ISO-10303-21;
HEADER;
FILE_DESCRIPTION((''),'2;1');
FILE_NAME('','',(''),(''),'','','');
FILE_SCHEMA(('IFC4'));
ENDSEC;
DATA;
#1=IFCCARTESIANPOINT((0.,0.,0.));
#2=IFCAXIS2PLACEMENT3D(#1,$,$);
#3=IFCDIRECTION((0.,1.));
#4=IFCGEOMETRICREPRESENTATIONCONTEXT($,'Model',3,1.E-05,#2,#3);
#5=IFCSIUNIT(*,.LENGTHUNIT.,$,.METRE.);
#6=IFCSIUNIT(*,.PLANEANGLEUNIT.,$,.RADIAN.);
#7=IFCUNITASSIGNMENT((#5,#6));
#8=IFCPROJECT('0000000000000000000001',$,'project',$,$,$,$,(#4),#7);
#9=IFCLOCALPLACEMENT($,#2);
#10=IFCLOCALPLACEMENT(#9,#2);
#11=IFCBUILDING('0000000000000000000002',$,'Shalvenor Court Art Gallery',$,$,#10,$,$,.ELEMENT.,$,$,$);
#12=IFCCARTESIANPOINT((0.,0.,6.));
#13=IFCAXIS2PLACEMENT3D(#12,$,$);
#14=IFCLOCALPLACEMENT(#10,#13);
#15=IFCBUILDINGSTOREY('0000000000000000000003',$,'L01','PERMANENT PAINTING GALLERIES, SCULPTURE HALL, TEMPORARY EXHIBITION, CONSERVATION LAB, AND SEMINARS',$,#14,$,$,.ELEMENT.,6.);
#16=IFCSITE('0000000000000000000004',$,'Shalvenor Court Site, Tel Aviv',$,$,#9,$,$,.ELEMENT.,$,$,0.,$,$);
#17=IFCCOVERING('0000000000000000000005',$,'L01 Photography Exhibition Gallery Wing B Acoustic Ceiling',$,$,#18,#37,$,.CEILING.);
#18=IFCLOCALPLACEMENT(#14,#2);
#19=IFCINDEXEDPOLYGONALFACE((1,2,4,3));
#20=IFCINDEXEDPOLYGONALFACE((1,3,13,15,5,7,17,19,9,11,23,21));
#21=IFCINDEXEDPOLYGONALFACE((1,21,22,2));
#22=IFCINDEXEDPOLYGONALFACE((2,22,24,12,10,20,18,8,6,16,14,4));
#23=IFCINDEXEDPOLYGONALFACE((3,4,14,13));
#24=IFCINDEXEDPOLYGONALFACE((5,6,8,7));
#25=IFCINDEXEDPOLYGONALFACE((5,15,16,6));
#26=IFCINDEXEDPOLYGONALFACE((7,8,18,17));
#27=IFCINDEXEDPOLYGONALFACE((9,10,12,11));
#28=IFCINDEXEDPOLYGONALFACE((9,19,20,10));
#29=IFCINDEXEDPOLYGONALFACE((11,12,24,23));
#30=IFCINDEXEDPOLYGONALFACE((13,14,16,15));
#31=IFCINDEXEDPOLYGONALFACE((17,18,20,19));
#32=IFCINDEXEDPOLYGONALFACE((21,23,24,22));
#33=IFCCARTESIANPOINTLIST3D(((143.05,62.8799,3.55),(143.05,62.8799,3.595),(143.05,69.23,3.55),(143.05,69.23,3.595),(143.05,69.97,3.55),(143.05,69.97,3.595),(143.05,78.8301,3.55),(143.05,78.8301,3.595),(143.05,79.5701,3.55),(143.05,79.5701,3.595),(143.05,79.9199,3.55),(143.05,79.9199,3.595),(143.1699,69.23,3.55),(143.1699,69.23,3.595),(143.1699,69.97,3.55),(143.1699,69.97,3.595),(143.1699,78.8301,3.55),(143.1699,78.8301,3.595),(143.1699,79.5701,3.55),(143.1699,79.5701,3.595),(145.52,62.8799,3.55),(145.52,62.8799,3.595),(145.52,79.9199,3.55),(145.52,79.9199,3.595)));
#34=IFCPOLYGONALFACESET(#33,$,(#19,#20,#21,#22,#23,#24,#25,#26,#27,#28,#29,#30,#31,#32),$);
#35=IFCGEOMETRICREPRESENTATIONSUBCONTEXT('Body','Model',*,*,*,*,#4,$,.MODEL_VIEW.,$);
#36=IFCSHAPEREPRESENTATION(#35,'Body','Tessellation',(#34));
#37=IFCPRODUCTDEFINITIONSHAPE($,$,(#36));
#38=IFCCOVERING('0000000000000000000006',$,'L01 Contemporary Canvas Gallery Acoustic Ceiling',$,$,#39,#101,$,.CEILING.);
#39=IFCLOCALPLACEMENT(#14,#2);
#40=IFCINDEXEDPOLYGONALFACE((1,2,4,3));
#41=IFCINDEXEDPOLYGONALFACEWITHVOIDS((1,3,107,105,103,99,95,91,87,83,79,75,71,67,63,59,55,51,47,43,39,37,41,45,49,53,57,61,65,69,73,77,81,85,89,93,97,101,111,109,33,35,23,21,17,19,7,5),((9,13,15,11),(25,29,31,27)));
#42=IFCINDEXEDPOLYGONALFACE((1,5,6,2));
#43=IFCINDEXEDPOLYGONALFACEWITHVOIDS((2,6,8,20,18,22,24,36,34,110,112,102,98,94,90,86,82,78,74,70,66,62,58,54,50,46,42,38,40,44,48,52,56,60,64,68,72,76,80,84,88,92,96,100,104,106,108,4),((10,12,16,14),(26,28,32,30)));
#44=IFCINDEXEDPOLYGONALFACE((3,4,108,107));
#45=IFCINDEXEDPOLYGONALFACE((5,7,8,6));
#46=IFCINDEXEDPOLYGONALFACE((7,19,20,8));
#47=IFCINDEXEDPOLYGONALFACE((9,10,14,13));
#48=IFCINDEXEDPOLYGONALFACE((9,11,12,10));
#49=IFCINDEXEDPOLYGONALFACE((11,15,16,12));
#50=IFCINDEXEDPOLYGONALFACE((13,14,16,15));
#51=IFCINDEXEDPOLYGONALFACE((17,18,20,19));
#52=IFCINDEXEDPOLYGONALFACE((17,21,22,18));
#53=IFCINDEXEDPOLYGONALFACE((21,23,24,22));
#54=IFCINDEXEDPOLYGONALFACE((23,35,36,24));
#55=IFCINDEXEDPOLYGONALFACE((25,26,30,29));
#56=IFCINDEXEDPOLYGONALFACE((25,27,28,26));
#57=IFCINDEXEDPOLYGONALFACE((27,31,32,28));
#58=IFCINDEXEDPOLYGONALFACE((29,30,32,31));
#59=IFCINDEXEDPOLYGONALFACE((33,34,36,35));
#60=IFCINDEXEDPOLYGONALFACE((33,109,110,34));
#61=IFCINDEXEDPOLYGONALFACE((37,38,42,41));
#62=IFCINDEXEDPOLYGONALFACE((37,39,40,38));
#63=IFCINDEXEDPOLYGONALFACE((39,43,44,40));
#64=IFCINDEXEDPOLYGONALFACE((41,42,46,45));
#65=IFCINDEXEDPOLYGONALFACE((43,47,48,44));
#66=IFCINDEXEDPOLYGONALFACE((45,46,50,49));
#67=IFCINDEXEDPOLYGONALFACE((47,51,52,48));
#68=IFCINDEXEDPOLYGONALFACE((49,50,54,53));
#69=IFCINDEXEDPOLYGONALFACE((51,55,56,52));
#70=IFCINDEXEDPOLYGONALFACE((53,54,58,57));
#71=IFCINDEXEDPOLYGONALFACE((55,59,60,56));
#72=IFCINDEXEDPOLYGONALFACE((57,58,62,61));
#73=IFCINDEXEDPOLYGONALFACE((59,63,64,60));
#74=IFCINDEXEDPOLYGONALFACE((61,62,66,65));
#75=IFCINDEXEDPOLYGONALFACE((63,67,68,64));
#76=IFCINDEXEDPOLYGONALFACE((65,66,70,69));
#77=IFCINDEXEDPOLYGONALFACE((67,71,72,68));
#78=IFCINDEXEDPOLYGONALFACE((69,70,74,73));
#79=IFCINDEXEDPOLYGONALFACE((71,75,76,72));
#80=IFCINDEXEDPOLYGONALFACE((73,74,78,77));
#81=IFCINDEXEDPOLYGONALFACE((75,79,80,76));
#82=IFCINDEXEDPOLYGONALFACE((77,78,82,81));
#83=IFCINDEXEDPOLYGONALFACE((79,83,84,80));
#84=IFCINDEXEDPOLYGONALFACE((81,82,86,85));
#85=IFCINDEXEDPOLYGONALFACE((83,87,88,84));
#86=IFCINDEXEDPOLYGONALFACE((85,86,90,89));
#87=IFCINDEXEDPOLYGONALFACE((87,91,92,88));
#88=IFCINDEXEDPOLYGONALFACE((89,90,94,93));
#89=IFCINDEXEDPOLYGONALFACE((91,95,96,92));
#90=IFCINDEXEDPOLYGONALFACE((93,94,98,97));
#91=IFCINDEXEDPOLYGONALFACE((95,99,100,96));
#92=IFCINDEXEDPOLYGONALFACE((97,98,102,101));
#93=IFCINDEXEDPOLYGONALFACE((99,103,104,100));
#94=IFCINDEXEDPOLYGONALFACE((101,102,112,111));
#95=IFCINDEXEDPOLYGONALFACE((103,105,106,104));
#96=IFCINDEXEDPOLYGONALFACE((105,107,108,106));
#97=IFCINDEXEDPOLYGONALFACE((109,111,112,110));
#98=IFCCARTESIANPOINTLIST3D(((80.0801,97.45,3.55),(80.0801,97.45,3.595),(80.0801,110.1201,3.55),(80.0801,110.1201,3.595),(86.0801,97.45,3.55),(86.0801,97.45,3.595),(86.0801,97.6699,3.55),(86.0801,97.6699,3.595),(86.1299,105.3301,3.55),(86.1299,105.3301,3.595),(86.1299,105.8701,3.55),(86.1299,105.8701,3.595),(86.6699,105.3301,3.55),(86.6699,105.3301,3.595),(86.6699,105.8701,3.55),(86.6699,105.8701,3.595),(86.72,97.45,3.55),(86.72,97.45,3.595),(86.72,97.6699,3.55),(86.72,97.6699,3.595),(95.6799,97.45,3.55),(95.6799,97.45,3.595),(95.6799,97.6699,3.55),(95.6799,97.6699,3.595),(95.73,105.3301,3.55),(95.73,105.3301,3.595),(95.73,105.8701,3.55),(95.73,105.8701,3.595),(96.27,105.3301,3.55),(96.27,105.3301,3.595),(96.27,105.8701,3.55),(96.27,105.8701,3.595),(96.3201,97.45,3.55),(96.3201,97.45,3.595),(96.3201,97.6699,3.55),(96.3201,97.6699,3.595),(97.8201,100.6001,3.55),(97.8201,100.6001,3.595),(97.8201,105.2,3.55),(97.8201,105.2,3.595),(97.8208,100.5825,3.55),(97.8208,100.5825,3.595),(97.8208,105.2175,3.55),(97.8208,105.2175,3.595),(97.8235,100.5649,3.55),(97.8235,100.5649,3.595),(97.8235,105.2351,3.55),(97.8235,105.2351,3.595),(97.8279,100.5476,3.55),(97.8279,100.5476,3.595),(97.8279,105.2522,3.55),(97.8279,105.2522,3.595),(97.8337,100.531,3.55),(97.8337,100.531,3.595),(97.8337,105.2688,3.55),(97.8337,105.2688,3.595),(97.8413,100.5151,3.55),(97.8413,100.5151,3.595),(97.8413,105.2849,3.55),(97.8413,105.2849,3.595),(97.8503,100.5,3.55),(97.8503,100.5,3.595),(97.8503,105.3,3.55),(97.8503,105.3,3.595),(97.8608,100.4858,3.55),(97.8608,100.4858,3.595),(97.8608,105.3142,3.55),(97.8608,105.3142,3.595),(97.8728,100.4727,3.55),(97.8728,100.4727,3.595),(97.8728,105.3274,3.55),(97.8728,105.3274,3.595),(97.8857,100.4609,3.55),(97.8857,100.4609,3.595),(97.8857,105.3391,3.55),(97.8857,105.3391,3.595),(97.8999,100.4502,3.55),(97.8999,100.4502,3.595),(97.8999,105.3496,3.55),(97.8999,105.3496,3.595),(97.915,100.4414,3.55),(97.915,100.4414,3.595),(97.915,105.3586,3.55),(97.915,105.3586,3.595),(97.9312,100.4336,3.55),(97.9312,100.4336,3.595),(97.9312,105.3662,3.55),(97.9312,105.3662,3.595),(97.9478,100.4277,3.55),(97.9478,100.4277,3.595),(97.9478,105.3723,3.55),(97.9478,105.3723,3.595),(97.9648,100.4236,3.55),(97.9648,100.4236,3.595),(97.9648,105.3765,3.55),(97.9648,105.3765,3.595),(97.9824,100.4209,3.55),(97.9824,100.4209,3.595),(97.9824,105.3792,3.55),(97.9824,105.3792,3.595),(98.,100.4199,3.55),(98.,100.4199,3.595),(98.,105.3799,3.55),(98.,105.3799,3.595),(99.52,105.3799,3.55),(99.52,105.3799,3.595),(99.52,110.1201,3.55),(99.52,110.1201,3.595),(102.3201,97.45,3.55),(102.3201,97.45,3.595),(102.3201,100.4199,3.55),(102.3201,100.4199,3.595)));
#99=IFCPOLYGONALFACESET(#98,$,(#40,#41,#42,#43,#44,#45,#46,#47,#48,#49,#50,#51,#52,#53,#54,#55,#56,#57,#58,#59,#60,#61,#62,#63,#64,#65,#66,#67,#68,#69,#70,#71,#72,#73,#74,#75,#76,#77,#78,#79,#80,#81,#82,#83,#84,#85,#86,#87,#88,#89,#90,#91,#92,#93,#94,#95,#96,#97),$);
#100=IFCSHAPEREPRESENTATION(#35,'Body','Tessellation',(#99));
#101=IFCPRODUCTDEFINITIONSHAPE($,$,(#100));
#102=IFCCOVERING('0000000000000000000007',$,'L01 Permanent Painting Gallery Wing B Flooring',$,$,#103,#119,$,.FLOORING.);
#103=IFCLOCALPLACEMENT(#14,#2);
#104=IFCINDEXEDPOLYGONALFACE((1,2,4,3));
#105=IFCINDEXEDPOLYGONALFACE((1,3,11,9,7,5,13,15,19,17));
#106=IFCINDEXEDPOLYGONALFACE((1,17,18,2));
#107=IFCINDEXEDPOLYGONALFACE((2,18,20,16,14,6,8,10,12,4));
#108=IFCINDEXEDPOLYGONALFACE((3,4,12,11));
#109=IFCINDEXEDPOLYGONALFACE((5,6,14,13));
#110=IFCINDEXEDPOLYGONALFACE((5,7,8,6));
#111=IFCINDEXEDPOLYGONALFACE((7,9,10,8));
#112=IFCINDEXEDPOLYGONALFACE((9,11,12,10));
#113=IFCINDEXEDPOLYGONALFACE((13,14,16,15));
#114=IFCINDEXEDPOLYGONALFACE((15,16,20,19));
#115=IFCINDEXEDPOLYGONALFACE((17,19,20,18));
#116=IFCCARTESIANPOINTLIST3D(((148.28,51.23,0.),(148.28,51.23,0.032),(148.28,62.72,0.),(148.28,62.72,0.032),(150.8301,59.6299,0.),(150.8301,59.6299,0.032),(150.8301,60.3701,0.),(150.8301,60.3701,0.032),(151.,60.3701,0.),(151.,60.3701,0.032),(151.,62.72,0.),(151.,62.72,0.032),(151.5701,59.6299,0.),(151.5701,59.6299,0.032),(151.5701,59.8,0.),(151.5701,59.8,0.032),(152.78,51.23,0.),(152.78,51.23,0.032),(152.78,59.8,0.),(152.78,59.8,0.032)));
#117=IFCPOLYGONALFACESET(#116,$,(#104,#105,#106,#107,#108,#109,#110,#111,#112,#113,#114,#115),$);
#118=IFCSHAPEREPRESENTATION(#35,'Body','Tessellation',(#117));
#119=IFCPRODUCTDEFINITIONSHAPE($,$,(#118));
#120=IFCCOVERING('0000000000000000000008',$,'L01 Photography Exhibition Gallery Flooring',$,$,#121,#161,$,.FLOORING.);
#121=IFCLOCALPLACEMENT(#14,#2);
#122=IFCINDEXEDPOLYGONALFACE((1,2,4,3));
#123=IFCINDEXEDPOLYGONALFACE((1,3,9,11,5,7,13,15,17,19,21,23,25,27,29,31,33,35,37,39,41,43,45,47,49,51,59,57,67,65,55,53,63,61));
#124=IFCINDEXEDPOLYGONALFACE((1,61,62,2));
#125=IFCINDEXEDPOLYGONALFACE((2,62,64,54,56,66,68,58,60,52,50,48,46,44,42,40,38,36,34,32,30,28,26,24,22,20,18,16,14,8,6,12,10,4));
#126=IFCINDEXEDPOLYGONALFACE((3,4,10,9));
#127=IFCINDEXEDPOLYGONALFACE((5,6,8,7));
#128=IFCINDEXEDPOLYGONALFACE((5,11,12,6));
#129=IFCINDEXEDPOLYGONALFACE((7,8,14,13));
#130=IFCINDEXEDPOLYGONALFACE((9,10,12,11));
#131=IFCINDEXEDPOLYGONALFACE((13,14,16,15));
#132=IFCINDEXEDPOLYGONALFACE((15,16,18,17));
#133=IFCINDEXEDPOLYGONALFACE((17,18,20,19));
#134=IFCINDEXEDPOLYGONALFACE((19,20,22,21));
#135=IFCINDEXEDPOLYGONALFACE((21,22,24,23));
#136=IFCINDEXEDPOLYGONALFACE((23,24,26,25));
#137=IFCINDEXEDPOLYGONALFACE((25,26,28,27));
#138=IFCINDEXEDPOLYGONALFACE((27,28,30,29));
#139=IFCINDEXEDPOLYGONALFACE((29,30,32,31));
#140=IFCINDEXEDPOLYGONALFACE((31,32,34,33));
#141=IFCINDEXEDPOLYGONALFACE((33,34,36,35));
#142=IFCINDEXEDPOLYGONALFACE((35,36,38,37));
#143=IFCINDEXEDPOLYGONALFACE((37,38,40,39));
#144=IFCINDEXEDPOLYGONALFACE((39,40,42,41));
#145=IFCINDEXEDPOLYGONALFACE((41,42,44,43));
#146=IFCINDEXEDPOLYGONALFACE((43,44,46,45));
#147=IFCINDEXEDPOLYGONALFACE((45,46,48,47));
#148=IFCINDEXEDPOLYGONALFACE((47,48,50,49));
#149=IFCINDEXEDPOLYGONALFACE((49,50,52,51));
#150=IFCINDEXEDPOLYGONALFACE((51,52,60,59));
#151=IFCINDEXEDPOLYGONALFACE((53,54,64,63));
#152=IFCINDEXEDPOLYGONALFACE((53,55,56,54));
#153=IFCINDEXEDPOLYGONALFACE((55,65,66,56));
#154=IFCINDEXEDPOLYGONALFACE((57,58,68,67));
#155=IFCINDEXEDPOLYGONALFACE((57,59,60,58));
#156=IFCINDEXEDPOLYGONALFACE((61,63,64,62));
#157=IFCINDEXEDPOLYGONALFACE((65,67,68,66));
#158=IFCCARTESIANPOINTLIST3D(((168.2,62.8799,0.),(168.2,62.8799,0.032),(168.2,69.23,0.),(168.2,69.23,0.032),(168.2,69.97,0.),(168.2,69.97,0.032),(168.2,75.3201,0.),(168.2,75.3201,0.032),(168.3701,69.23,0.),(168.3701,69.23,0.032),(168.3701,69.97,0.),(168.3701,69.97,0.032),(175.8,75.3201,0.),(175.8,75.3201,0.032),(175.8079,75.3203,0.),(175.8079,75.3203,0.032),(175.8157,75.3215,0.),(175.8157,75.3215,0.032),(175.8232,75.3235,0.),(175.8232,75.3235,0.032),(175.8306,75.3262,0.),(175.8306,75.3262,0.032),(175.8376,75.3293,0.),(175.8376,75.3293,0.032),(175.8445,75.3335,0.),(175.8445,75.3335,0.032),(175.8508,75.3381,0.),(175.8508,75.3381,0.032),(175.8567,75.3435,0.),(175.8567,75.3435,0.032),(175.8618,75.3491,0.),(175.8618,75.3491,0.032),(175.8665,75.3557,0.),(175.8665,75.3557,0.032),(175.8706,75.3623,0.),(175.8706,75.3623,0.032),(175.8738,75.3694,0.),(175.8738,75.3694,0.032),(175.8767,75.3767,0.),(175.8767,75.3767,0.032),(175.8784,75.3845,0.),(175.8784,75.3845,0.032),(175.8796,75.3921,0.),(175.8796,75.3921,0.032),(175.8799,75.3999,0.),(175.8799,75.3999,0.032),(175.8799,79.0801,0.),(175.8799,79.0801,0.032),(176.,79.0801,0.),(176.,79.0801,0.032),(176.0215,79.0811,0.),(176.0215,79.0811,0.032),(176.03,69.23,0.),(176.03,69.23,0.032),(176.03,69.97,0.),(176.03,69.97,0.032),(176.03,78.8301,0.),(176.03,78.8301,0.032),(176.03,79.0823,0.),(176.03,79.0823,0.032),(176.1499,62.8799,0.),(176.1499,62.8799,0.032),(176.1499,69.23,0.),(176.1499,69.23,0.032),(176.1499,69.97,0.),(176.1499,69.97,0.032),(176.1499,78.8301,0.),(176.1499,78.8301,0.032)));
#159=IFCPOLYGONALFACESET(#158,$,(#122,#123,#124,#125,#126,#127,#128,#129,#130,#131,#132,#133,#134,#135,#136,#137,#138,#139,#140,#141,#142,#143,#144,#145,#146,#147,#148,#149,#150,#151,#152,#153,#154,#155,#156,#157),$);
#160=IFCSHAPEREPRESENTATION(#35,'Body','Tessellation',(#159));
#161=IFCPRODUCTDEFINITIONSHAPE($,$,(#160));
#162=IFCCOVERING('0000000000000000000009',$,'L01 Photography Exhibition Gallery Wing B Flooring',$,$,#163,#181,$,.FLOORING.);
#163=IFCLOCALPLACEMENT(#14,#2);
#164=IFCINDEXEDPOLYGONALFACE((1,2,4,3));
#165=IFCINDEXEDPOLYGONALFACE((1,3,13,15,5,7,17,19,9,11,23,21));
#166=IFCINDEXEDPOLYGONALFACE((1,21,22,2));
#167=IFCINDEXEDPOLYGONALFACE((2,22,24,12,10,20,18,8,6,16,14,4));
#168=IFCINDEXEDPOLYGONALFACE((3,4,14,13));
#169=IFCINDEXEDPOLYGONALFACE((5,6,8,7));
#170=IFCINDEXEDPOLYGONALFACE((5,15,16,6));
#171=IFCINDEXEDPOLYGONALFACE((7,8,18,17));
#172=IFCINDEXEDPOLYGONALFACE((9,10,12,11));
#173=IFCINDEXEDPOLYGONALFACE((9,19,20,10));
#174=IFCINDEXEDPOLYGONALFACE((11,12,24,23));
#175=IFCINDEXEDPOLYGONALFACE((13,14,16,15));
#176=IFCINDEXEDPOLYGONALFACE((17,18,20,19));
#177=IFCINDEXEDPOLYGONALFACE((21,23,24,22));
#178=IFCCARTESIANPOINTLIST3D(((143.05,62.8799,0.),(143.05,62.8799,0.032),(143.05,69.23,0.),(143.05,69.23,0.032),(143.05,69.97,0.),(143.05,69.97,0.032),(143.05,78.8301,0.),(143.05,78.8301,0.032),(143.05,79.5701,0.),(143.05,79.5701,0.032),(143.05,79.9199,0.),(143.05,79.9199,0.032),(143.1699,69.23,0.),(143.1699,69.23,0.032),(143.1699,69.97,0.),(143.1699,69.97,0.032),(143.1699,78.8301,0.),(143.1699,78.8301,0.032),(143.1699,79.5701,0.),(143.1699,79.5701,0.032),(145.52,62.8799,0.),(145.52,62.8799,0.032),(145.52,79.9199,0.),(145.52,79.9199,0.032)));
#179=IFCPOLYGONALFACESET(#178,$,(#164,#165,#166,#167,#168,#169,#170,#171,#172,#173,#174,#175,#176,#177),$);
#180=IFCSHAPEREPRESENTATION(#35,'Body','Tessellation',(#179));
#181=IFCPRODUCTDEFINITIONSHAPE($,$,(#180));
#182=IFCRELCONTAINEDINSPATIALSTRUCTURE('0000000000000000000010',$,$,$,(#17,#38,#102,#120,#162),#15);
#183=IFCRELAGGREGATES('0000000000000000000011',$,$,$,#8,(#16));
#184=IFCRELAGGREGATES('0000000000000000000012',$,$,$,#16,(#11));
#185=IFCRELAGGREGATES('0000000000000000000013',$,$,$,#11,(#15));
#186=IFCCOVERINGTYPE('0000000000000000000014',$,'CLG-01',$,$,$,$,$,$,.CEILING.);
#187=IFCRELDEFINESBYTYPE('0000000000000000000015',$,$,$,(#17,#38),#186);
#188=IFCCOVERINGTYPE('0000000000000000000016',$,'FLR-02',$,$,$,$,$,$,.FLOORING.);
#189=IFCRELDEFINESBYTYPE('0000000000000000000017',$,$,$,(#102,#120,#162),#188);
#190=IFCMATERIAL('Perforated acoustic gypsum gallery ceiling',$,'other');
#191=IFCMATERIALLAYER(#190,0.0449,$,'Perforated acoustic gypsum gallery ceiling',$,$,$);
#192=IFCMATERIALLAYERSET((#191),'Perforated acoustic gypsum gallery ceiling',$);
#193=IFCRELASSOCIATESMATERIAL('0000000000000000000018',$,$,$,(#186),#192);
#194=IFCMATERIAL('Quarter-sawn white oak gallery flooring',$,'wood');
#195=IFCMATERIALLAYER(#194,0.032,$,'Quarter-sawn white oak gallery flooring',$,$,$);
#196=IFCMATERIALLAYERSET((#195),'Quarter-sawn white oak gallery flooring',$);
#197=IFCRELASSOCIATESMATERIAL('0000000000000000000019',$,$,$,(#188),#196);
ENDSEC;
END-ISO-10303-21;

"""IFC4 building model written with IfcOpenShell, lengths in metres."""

from ifc_helpers import new_model, si_unit, direction, frame, origin, place, context, subcontext, project, spatial, polyline, outline, extrude, material, layer, layer_set, type_object, element, save


model = new_model("IFC4")

# Units and contexts
model_context = context("Model", 3, precision=1e-05, world=origin(), true_north=direction((0.0, 1.0)))
body_context = subcontext(model_context, "Body", "Model", "MODEL_VIEW")
ifc_project = project(units=[si_unit("LENGTHUNIT", "METRE"), si_unit("PLANEANGLEUNIT", "RADIAN")], contexts=[model_context])

# Site, building, storey
site_placement = place(None, origin())
site = spatial("IfcSite", under=ifc_project, at=site_placement, Name="Shalvenor Court Site, Tel Aviv", CompositionType="ELEMENT", RefElevation=0.0)
building_placement = place(site_placement, origin())
building = spatial("IfcBuilding", under=site, at=building_placement, Name="Shalvenor Court Art Gallery", CompositionType="ELEMENT")
storey_placement = place(building_placement, frame((0.0, 0.0, 6.0)))
storey = spatial("IfcBuildingStorey", under=building, at=storey_placement, Name="L01", Description="PERMANENT PAINTING GALLERIES, SCULPTURE HALL, TEMPORARY EXHIBITION, CONSERVATION LAB, AND SEMINARS", CompositionType="ELEMENT", Elevation=6.0)

# Coverings
ifc_material_1 = material(Name="Perforated acoustic gypsum gallery ceiling", Category="other")
ifc_layer_1 = layer(ifc_material_1, 0.0449, Name="Perforated acoustic gypsum gallery ceiling")
ifc_layer_set_1 = layer_set([ifc_layer_1], Name="Perforated acoustic gypsum gallery ceiling")
covering_type_1 = type_object("IfcCoveringType", Name="CLG-01", PredefinedType="CEILING", material=ifc_layer_set_1)
covering_1_placement = place(storey_placement, frame((0.0, 0.0, 3.55)))
element("IfcCovering", 1, at=covering_1_placement, inside=storey, type_object=covering_type_1, Name="L01 Photography Exhibition Gallery Wing B Acoustic Ceiling", PredefinedType="CEILING", context=body_context, shape_type="SweptSolid", body=[
    extrude(outline(polyline([(143.05, 62.8799), (143.05, 69.23), (143.1699, 69.23), (143.1699, 69.97), (143.05, 69.97), (143.05, 78.8301), (143.1699, 78.8301), (143.1699, 79.5701), (143.05, 79.5701), (143.05, 79.9199), (145.52, 79.9199), (145.52, 62.8799), (143.05, 62.8799)])), origin(), (0.0, 0.0, 1.0), 0.0449),
])
covering_2_placement = place(storey_placement, frame((0.0, 0.0, 3.55)))
element("IfcCovering", 2, at=covering_2_placement, inside=storey, type_object=covering_type_1, Name="L01 Contemporary Canvas Gallery Acoustic Ceiling", PredefinedType="CEILING", context=body_context, shape_type="SweptSolid", body=[
    extrude(outline(polyline([(80.0801, 110.1201), (99.52, 110.1201), (99.52, 105.3799), (98.0, 105.3799), (97.9824, 105.3792), (97.9648, 105.3765), (97.9478, 105.3723), (97.9312, 105.3662), (97.915, 105.3586), (97.8999, 105.3496), (97.8857, 105.3391), (97.8728, 105.3274), (97.8608, 105.3142), (97.8503, 105.3), (97.8413, 105.2849), (97.8337, 105.2688), (97.8279, 105.2522), (97.8235, 105.2351), (97.8208, 105.2175), (97.8201, 105.2), (97.8201, 100.6001), (97.8208, 100.5825), (97.8235, 100.5649), (97.8279, 100.5476), (97.8337, 100.531), (97.8413, 100.5151), (97.8503, 100.5), (97.8608, 100.4858), (97.8728, 100.4727), (97.8857, 100.4609), (97.8999, 100.4502), (97.915, 100.4414), (97.9312, 100.4336), (97.9478, 100.4277), (97.9648, 100.4236), (97.9824, 100.4209), (98.0, 100.4199), (102.3201, 100.4199), (102.3201, 97.45), (96.3201, 97.45), (96.3201, 97.6699), (95.6799, 97.6699), (95.6799, 97.45), (86.72, 97.45), (86.72, 97.6699), (86.0801, 97.6699), (86.0801, 97.45), (80.0801, 97.45), (80.0801, 110.1201)]), holes=[polyline([(86.1299, 105.8701), (86.1299, 105.3301), (86.6699, 105.3301), (86.6699, 105.8701), (86.1299, 105.8701)]), polyline([(96.27, 105.8701), (95.73, 105.8701), (95.73, 105.3301), (96.27, 105.3301), (96.27, 105.8701)])]), origin(), (0.0, 0.0, 1.0), 0.0449),
])
ifc_material_2 = material(Name="Quarter-sawn white oak gallery flooring", Category="wood")
ifc_layer_2 = layer(ifc_material_2, 0.032, Name="Quarter-sawn white oak gallery flooring")
ifc_layer_set_2 = layer_set([ifc_layer_2], Name="Quarter-sawn white oak gallery flooring")
covering_type_2 = type_object("IfcCoveringType", Name="FLR-02", PredefinedType="FLOORING", material=ifc_layer_set_2)
covering_3_placement = place(storey_placement, origin())
element("IfcCovering", 3, at=covering_3_placement, inside=storey, type_object=covering_type_2, Name="L01 Permanent Painting Gallery Wing B Flooring", PredefinedType="FLOORING", context=body_context, shape_type="SweptSolid", body=[
    extrude(outline(polyline([(152.78, 51.23), (148.28, 51.23), (148.28, 62.72), (151.0, 62.72), (151.0, 60.3701), (150.8301, 60.3701), (150.8301, 59.6299), (151.5701, 59.6299), (151.5701, 59.8), (152.78, 59.8), (152.78, 51.23)])), origin(), (0.0, 0.0, 1.0), 0.032),
])
covering_4_placement = place(storey_placement, origin())
element("IfcCovering", 4, at=covering_4_placement, inside=storey, type_object=covering_type_2, Name="L01 Photography Exhibition Gallery Flooring", PredefinedType="FLOORING", context=body_context, shape_type="SweptSolid", body=[
    extrude(outline(polyline([(175.8, 75.3201), (175.8079, 75.3203), (175.8157, 75.3215), (175.8232, 75.3235), (175.8306, 75.3262), (175.8376, 75.3293), (175.8445, 75.3335), (175.8508, 75.3381), (175.8567, 75.3435), (175.8618, 75.3491), (175.8665, 75.3557), (175.8706, 75.3623), (175.8738, 75.3694), (175.8767, 75.3767), (175.8784, 75.3845), (175.8796, 75.3921), (175.8799, 75.3999), (175.8799, 79.0801), (176.0, 79.0801), (176.0215, 79.0811), (176.03, 79.0823), (176.03, 78.8301), (176.1499, 78.8301), (176.1499, 69.97), (176.03, 69.97), (176.03, 69.23), (176.1499, 69.23), (176.1499, 62.8799), (168.2, 62.8799), (168.2, 69.23), (168.3701, 69.23), (168.3701, 69.97), (168.2, 69.97), (168.2, 75.3201), (175.8, 75.3201)])), origin(), (0.0, 0.0, 1.0), 0.032),
])
covering_5_placement = place(storey_placement, origin())
element("IfcCovering", 5, at=covering_5_placement, inside=storey, type_object=covering_type_2, Name="L01 Photography Exhibition Gallery Wing B Flooring", PredefinedType="FLOORING", context=body_context, shape_type="SweptSolid", body=[
    extrude(outline(polyline([(143.05, 62.8799), (143.05, 69.23), (143.1699, 69.23), (143.1699, 69.97), (143.05, 69.97), (143.05, 78.8301), (143.1699, 78.8301), (143.1699, 79.5701), (143.05, 79.5701), (143.05, 79.9199), (145.52, 79.9199), (145.52, 62.8799), (143.05, 62.8799)])), origin(), (0.0, 0.0, 1.0), 0.032),
])

save(model, "model.ifc")
